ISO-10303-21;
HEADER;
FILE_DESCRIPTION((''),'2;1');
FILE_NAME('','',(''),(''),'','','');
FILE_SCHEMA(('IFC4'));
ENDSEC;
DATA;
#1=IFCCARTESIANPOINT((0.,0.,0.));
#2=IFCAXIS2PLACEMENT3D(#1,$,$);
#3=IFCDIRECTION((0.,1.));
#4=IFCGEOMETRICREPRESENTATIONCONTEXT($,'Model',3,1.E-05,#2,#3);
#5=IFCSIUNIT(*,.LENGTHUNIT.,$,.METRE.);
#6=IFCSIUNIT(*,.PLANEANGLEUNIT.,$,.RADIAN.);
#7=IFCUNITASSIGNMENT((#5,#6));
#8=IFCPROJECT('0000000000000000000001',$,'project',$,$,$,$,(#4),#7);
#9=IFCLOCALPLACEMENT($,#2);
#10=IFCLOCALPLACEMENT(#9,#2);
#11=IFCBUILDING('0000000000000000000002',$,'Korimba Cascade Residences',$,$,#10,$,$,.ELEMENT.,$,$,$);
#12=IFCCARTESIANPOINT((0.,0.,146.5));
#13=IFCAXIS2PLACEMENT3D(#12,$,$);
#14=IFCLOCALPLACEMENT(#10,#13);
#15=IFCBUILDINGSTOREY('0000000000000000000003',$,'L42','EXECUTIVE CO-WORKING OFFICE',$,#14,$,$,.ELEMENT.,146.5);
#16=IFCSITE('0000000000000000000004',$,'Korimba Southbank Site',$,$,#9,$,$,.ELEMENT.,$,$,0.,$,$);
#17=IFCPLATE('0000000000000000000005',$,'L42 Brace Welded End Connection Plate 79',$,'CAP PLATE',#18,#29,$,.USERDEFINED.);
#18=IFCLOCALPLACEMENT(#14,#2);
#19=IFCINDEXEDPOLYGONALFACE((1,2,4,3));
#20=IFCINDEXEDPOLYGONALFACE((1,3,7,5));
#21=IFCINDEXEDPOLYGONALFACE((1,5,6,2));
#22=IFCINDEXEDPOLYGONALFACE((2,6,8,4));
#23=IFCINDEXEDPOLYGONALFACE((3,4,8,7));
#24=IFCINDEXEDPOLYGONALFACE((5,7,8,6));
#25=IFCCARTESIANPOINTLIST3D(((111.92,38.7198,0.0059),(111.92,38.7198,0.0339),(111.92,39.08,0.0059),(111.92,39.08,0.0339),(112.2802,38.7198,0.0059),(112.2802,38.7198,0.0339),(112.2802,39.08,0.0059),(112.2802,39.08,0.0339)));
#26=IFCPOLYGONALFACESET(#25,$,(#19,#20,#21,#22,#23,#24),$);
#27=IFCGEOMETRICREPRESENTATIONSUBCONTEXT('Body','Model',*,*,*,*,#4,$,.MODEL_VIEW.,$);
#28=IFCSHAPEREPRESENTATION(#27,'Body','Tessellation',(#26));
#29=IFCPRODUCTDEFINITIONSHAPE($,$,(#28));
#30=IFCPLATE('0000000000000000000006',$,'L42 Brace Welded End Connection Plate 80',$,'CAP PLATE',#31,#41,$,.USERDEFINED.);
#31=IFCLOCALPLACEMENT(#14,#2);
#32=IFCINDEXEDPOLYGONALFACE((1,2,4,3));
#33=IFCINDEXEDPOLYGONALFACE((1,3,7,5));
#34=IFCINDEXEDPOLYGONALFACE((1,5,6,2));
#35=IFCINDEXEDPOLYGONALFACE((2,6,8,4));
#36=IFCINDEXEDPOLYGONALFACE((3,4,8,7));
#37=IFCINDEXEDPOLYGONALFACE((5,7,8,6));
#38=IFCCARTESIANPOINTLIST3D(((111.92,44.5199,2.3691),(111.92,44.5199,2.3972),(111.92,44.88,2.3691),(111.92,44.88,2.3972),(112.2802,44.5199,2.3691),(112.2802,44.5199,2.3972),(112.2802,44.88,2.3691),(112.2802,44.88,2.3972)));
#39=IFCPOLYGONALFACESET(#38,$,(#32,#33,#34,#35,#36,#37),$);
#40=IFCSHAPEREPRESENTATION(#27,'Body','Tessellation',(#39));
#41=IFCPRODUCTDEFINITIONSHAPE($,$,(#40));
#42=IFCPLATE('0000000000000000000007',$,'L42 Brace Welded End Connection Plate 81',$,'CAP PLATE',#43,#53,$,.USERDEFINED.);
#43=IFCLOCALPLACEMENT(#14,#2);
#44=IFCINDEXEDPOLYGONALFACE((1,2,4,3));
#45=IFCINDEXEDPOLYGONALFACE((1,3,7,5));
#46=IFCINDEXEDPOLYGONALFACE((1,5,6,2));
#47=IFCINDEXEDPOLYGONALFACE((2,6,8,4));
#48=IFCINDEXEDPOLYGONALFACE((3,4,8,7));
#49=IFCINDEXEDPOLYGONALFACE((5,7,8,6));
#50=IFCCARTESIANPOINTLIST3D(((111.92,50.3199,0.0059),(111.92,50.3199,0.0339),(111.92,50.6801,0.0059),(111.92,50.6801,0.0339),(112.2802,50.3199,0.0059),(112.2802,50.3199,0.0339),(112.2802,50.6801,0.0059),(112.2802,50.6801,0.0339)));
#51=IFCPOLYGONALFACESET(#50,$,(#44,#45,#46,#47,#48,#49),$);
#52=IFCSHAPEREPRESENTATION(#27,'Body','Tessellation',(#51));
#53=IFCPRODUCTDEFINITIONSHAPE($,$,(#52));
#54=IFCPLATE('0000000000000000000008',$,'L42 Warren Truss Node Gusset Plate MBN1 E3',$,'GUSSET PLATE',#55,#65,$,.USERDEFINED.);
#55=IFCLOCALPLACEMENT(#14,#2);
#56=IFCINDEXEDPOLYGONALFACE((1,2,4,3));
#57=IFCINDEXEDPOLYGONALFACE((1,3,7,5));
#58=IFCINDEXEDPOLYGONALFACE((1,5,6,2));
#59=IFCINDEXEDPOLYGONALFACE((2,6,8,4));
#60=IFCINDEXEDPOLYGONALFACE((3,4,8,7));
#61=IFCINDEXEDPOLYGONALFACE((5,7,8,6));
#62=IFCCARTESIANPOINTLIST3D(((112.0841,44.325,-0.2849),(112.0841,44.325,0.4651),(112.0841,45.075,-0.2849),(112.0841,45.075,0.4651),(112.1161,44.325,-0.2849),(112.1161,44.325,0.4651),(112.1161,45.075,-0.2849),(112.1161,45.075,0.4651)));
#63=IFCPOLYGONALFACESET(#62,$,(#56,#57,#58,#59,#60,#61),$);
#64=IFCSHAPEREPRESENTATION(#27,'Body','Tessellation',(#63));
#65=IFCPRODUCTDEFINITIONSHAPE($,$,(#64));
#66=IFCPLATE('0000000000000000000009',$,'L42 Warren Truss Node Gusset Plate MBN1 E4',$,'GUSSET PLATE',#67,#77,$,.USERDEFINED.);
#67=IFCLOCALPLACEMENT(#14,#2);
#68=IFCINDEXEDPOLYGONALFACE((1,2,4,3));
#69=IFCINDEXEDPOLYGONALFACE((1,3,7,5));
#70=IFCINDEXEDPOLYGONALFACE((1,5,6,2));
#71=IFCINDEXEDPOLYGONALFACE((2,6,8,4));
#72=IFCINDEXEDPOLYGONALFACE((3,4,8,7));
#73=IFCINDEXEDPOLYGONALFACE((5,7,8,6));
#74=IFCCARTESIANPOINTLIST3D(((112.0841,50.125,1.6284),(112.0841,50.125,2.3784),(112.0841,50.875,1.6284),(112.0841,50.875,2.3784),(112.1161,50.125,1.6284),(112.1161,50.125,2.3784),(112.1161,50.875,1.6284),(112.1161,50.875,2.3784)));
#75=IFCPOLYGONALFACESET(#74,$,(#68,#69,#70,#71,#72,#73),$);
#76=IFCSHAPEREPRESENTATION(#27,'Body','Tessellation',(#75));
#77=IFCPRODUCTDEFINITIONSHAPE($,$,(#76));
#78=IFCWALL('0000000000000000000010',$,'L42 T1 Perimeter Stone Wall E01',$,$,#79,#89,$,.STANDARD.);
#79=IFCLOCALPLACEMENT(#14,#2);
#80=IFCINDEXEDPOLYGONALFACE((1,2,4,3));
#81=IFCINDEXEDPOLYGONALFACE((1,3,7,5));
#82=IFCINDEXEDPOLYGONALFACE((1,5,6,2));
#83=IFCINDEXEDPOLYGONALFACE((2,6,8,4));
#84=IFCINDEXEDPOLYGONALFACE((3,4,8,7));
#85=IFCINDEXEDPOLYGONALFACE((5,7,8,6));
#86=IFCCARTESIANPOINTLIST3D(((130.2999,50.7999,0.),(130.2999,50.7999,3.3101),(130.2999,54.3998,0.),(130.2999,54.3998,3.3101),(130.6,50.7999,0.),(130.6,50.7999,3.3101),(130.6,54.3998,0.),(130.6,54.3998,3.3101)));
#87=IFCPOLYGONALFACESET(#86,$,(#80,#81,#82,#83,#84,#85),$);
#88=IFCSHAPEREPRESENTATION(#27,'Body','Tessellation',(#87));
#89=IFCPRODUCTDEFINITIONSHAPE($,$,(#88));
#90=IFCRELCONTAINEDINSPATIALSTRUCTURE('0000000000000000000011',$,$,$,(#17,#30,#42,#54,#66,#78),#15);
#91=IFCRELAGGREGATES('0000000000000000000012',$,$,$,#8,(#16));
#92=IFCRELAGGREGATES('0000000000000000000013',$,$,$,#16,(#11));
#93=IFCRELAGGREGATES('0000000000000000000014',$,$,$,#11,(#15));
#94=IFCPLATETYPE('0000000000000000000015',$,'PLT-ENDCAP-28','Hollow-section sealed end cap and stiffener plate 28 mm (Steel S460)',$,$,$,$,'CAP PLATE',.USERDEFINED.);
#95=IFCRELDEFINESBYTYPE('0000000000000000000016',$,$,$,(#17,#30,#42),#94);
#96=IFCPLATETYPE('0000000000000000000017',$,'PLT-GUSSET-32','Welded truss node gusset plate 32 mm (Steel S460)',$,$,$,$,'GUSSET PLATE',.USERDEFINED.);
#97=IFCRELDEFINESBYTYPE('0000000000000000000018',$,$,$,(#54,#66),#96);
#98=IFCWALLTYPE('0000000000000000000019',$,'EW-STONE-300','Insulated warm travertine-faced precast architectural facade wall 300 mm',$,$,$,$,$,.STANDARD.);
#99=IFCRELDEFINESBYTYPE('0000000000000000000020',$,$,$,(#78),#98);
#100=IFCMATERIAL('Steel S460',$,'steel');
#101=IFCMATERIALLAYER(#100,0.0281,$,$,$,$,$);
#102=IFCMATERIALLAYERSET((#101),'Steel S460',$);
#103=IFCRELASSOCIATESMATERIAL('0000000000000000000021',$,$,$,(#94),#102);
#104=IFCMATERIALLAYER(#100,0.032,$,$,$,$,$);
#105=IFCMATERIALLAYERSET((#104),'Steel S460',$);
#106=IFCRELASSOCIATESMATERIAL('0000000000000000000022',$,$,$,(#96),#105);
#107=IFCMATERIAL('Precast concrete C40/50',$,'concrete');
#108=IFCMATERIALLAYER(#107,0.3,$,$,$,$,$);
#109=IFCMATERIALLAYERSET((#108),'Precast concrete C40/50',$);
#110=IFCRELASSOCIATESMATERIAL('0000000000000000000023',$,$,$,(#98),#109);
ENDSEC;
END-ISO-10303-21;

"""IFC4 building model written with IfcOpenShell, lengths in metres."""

from ifc_helpers import new_model, si_unit, direction, frame, frame_2d, origin, origin_2d, place, context, subcontext, project, spatial, rectangle, extrude, material, layer, layer_set, type_object, element, save


model = new_model("IFC4")

# Units and contexts
model_context = context("Model", 3, precision=1e-05, world=origin(), true_north=direction((0.0, 1.0)))
body_context = subcontext(model_context, "Body", "Model", "MODEL_VIEW")
ifc_project = project(units=[si_unit("LENGTHUNIT", "METRE"), si_unit("PLANEANGLEUNIT", "RADIAN")], contexts=[model_context])

# Site, building, storey
site_placement = place(None, origin())
site = spatial("IfcSite", under=ifc_project, at=site_placement, Name="Korimba Southbank Site", CompositionType="ELEMENT", RefElevation=0.0)
building_placement = place(site_placement, origin())
building = spatial("IfcBuilding", under=site, at=building_placement, Name="Korimba Cascade Residences", CompositionType="ELEMENT")
storey_placement = place(building_placement, frame((0.0, 0.0, 146.5)))
storey = spatial("IfcBuildingStorey", under=building, at=storey_placement, Name="L42", Description="EXECUTIVE CO-WORKING OFFICE", CompositionType="ELEMENT", Elevation=146.5)

# Shared definitions
ifc_material_1 = material(Name="Steel S460", Category="steel")

# Plates
ifc_layer_1 = layer(ifc_material_1, 0.0281)
ifc_layer_set_1 = layer_set([ifc_layer_1], Name="Steel S460")
plate_type_1 = type_object("IfcPlateType", Name="PLT-ENDCAP-28", Description="Hollow-section sealed end cap and stiffener plate 28 mm (Steel S460)", ElementType="CAP PLATE", PredefinedType="USERDEFINED", material=ifc_layer_set_1)
for number, where, z_axis, x_axis, name in (
    (1, (112.1001, 38.8999, 0.0059), (0.0, 0.0, 1.0), (1.0, 0.0, 0.0), "L42 Brace Welded End Connection Plate 79"),
    (2, (112.1001, 44.7, 2.3691), (0.0, 0.0, 1.0), (1.0, 0.0, 0.0), "L42 Brace Welded End Connection Plate 80"),
    (3, (112.1001, 50.5, 0.0059), (0.0, 0.0, 1.0), (1.0, 0.0, 0.0), "L42 Brace Welded End Connection Plate 81"),
):
    element("IfcPlate", number, at=place(storey_placement, frame(where, z_axis=z_axis, x_axis=x_axis)), inside=storey, type_object=plate_type_1, Name=name, ObjectType="CAP PLATE", PredefinedType="USERDEFINED", context=body_context, shape_type="SweptSolid", body=[
        extrude(rectangle(XDim=0.3601, YDim=0.3601, at=origin_2d()), origin(), (0.0, 0.0, 1.0), 0.0281),
    ])
ifc_layer_2 = layer(ifc_material_1, 0.032)
ifc_layer_set_2 = layer_set([ifc_layer_2], Name="Steel S460")
plate_type_2 = type_object("IfcPlateType", Name="PLT-GUSSET-32", Description="Welded truss node gusset plate 32 mm (Steel S460)", ElementType="GUSSET PLATE", PredefinedType="USERDEFINED", material=ifc_layer_set_2)
for number, where, z_axis, x_axis, name in (
    (4, (112.1001, 44.7, -0.2849), (0.0, 0.0, 1.0), (1.0, 0.0, 0.0), "L42 Warren Truss Node Gusset Plate MBN1 E3"),
    (5, (112.1001, 50.5, 1.6284), (0.0, 0.0, 1.0), (1.0, 0.0, 0.0), "L42 Warren Truss Node Gusset Plate MBN1 E4"),
):
    element("IfcPlate", number, at=place(storey_placement, frame(where, z_axis=z_axis, x_axis=x_axis)), inside=storey, type_object=plate_type_2, Name=name, ObjectType="GUSSET PLATE", PredefinedType="USERDEFINED", context=body_context, shape_type="SweptSolid", body=[
        extrude(rectangle(XDim=0.032, YDim=0.75, at=origin_2d()), origin(), (0.0, 0.0, 1.0), 0.75),
    ])

# Wall
ifc_material_2 = material(Name="Precast concrete C40/50", Category="concrete")
ifc_layer_3 = layer(ifc_material_2, 0.3)
ifc_layer_set_3 = layer_set([ifc_layer_3], Name="Precast concrete C40/50")
wall_type = type_object("IfcWallType", Name="EW-STONE-300", Description="Insulated warm travertine-faced precast architectural facade wall 300 mm", PredefinedType="STANDARD", material=ifc_layer_set_3)
wall_placement = place(storey_placement, frame((130.45, 50.8, 0.0), z_axis=(0.0, 0.0, 1.0), x_axis=(0.0, 1.0, 0.0)))
element("IfcWall", 6, at=wall_placement, inside=storey, type_object=wall_type, Name="L42 T1 Perimeter Stone Wall E01", PredefinedType="STANDARD", context=body_context, shape_type="SweptSolid", body=[
    extrude(rectangle(XDim=3.5999, YDim=0.3, at=frame_2d((1.7998, 0.0))), origin(), (0.0, 0.0, 1.0), 3.3101),
])

save(model, "model.ifc")
